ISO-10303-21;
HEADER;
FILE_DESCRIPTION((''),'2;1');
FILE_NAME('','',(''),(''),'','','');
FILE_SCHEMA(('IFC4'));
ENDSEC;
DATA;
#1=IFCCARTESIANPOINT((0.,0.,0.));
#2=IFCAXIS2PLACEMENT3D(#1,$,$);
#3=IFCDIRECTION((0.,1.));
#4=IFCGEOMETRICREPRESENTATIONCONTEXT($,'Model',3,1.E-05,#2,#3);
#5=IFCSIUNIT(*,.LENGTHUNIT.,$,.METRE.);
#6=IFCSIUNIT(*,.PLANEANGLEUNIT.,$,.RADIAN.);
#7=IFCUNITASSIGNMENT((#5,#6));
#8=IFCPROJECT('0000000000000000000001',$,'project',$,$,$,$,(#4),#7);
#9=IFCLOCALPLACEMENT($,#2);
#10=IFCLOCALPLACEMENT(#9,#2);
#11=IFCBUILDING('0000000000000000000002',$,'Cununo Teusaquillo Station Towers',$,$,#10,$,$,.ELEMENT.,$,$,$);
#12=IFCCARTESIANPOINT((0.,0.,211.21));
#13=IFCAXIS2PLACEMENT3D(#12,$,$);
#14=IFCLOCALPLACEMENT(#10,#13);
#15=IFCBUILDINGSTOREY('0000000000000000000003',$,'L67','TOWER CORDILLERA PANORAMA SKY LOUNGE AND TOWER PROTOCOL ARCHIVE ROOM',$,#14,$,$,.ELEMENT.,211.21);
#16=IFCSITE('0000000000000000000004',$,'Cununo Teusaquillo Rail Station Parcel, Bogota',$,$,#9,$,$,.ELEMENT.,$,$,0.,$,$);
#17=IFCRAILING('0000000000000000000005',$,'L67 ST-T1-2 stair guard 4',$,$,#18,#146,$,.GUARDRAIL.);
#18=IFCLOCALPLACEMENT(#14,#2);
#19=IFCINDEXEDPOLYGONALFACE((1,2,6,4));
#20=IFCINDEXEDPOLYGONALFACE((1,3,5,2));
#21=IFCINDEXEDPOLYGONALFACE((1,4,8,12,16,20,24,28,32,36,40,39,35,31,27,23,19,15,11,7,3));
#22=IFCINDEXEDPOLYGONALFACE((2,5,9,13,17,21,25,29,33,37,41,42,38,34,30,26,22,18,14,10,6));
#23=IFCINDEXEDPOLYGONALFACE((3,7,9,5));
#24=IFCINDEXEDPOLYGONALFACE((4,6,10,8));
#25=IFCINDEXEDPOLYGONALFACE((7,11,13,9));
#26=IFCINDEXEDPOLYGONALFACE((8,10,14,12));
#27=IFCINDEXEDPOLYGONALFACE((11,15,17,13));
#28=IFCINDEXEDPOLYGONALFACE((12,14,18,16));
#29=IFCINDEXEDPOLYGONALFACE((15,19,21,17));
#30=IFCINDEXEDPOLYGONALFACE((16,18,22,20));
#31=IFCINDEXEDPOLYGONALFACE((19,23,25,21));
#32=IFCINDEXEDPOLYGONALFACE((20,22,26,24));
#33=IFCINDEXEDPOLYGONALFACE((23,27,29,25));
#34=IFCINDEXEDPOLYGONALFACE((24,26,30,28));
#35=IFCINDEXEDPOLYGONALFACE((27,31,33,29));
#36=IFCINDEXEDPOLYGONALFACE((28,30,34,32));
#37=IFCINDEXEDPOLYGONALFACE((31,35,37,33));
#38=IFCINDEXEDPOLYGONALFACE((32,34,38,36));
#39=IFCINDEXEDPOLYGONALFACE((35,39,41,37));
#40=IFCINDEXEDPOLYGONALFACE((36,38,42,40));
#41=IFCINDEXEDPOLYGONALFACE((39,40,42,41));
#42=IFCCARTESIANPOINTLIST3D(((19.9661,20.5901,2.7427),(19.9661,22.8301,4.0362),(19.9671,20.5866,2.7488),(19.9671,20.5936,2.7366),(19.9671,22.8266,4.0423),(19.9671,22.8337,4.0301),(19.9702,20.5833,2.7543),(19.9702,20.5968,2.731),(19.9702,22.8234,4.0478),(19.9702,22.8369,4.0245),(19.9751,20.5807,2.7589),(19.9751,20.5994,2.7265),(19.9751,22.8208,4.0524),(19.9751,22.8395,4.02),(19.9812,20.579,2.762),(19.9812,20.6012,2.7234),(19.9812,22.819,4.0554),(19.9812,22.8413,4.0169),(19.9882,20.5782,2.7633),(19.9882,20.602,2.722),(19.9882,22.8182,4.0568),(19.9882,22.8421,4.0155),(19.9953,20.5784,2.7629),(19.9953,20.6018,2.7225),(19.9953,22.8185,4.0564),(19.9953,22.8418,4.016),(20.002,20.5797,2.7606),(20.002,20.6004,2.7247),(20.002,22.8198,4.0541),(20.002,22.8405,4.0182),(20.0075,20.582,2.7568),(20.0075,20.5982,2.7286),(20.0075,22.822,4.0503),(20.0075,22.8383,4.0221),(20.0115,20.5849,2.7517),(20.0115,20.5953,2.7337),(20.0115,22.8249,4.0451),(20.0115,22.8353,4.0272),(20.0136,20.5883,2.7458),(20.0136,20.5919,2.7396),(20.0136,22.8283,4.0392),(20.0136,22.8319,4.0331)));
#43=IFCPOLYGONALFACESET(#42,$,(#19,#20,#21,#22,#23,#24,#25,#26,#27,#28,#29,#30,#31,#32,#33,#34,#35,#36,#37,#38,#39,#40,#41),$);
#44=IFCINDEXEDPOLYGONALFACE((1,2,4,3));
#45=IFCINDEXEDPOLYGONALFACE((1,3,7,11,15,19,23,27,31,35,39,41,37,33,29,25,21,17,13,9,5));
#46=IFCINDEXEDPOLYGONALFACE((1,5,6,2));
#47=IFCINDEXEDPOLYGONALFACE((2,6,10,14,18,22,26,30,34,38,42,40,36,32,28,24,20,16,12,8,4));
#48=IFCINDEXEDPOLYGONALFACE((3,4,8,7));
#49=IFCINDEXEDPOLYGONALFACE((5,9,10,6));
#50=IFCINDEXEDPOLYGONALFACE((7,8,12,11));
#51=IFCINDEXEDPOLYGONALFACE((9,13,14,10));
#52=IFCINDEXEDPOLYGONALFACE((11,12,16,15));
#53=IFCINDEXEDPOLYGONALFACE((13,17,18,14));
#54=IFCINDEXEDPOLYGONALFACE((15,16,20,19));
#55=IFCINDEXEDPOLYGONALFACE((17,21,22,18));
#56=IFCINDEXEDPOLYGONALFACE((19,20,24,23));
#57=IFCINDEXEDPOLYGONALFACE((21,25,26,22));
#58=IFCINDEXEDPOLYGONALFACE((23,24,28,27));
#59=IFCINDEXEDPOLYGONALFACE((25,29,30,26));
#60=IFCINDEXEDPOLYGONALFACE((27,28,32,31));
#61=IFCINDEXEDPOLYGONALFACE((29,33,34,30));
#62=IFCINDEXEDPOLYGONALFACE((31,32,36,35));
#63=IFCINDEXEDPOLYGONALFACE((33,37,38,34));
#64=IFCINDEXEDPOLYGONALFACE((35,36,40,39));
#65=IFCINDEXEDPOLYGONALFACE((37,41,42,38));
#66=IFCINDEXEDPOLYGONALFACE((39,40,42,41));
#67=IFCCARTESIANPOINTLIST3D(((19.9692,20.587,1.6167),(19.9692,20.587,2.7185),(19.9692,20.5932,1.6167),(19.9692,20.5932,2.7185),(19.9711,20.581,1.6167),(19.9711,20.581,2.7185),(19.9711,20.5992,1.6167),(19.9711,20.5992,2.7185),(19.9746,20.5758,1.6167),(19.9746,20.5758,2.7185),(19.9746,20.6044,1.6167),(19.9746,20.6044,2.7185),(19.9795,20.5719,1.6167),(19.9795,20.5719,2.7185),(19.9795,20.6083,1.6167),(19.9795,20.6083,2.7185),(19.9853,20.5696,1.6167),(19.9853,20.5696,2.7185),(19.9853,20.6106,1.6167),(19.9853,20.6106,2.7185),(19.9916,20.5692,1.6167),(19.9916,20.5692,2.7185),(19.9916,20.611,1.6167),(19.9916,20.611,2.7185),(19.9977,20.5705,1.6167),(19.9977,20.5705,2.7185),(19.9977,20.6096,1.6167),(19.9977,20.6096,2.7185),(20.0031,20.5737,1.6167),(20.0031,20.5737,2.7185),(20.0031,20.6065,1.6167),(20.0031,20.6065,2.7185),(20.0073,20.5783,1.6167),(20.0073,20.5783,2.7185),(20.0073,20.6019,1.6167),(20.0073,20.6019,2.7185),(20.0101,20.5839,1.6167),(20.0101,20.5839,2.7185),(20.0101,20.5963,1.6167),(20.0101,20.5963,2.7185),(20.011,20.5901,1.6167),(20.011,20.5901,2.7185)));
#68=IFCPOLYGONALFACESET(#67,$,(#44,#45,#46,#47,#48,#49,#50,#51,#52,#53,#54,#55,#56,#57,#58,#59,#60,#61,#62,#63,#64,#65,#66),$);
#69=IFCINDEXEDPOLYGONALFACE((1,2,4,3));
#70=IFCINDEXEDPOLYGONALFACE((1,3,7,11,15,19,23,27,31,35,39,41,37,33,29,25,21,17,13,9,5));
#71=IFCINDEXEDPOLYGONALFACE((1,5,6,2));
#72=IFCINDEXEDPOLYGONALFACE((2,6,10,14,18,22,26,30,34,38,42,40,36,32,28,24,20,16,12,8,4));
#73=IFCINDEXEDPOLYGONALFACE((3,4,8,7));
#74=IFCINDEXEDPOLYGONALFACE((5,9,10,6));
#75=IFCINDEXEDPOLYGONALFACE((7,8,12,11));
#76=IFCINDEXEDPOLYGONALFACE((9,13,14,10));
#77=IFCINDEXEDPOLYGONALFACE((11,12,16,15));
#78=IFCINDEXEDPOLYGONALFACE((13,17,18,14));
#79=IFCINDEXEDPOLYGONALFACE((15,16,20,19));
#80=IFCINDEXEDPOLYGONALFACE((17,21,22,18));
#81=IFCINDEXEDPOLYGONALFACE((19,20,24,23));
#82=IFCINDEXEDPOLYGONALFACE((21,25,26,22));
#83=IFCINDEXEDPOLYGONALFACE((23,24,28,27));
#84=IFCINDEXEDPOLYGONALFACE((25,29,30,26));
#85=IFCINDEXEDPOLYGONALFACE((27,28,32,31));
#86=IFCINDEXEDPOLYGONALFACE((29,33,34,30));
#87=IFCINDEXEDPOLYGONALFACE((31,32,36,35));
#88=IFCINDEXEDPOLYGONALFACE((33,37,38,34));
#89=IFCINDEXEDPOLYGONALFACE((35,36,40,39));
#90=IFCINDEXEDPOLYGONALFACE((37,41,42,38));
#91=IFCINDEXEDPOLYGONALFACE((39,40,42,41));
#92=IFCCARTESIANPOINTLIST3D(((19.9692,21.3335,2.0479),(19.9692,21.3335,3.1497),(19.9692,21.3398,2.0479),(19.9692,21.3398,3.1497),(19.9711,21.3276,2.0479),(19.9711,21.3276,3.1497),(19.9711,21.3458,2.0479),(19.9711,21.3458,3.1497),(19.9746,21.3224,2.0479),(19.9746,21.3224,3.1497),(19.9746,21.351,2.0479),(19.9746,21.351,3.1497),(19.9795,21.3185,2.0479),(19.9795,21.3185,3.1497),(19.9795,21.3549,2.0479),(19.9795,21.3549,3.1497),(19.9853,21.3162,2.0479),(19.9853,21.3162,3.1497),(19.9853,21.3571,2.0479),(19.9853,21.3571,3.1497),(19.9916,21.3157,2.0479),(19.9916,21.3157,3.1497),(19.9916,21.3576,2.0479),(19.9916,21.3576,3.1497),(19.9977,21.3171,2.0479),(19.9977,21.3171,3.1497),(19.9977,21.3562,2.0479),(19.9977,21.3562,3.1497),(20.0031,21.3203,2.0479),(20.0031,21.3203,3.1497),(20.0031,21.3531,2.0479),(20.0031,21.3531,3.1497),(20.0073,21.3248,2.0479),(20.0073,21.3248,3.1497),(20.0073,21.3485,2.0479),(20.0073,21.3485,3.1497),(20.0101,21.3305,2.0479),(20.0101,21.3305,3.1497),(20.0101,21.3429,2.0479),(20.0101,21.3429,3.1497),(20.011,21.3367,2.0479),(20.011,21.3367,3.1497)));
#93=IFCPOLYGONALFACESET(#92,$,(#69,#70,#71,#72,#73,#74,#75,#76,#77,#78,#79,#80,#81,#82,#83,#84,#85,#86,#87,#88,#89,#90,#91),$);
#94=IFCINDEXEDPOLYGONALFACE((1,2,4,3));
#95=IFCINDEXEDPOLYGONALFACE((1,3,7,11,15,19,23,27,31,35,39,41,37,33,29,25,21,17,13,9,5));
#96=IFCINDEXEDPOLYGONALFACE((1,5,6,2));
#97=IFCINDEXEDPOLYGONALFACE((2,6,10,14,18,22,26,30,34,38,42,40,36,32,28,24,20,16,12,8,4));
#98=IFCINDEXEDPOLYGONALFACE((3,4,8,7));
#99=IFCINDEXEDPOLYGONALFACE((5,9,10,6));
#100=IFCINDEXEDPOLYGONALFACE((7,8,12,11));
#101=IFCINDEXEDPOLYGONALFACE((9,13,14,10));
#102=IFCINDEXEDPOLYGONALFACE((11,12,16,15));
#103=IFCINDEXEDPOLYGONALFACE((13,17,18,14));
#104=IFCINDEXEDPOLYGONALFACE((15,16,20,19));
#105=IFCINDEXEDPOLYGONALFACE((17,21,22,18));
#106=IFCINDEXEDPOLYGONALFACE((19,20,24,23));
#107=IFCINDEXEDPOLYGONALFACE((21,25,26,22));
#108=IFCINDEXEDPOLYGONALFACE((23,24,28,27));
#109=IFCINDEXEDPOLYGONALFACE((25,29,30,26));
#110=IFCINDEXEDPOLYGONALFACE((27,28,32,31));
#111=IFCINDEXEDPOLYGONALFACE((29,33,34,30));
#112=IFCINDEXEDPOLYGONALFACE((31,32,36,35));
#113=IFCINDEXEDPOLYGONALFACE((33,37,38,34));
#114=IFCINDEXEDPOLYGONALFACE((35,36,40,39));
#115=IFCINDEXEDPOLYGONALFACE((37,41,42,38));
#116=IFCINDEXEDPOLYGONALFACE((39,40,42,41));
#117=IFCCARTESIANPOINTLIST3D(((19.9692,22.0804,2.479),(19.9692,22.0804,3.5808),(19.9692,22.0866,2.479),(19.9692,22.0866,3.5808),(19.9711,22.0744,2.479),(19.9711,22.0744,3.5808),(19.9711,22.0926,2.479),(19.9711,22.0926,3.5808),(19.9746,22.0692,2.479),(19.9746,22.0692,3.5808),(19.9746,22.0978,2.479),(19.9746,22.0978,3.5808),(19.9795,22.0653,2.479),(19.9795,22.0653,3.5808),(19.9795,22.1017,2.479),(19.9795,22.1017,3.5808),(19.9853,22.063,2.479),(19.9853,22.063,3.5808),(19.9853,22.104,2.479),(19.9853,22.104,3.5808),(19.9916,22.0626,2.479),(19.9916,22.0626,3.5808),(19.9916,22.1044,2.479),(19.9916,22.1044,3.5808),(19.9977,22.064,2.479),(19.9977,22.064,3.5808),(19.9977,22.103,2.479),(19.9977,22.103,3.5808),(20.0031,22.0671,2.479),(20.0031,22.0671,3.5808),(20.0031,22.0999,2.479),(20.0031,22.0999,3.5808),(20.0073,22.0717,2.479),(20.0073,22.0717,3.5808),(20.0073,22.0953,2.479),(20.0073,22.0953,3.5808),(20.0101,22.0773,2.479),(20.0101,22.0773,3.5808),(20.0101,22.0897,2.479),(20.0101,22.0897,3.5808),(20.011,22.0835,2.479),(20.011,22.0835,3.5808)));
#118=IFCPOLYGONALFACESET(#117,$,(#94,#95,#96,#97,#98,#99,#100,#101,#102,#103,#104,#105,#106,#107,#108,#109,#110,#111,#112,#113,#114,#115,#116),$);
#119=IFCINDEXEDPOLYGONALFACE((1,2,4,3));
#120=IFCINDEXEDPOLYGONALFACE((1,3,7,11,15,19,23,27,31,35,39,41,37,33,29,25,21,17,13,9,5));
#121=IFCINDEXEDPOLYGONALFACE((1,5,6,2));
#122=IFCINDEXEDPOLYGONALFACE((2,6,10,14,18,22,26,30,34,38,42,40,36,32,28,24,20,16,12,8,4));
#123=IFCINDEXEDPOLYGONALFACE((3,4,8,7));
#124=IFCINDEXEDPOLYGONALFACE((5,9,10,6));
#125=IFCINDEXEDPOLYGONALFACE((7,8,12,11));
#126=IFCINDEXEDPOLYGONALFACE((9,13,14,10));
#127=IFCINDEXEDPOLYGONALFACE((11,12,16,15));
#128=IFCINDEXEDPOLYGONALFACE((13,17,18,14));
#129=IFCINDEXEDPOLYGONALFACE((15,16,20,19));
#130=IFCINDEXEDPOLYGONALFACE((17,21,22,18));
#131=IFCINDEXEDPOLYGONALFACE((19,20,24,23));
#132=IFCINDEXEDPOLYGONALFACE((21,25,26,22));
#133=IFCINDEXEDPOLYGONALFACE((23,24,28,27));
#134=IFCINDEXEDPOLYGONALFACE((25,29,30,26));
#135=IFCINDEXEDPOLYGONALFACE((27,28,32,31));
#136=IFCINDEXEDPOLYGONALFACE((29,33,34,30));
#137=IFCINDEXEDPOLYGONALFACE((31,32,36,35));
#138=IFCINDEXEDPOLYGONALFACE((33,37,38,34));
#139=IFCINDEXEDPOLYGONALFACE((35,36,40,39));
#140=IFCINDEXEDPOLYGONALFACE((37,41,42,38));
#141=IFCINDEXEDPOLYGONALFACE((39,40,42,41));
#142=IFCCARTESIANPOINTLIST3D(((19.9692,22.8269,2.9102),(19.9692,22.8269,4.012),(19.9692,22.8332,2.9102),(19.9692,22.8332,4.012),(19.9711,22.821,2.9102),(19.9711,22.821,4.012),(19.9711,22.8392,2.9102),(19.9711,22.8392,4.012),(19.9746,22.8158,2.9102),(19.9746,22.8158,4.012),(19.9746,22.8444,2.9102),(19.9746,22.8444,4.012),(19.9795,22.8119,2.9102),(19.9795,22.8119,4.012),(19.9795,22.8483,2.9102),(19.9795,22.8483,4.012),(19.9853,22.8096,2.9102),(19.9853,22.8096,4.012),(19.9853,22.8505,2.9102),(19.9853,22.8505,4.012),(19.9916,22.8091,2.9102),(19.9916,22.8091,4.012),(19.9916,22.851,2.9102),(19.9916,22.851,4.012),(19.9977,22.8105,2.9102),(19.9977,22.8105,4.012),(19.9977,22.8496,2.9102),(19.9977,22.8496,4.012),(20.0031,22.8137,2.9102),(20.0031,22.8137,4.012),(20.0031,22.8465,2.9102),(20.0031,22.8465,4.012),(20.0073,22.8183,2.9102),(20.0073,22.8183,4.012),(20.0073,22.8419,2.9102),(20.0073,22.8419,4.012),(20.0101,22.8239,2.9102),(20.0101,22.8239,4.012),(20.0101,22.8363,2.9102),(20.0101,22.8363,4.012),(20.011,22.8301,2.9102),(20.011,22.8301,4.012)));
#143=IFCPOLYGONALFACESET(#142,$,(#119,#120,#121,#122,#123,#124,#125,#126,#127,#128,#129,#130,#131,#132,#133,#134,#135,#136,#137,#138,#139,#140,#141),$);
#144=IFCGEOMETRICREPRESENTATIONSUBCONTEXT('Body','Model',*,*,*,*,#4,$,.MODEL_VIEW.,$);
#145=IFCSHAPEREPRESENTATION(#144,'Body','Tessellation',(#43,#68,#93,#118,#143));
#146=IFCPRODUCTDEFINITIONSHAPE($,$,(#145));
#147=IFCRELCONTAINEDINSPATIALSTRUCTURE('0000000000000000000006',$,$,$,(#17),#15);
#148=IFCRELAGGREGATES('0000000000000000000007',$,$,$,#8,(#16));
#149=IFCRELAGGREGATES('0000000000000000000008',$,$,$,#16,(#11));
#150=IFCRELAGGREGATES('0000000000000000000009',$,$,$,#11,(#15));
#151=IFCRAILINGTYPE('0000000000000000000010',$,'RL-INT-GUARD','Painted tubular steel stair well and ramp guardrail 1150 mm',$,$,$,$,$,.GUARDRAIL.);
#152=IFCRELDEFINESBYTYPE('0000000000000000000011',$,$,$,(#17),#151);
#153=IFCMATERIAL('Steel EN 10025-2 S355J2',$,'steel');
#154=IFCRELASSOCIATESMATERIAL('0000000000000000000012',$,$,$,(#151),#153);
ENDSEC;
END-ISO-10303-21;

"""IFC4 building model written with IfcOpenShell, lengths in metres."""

from ifc_helpers import new_model, si_unit, direction, frame, origin, origin_2d, place, context, subcontext, project, spatial, circle, extrude, material, type_object, element, save


model = new_model("IFC4")

# Units and contexts
model_context = context("Model", 3, precision=1e-05, world=origin(), true_north=direction((0.0, 1.0)))
body_context = subcontext(model_context, "Body", "Model", "MODEL_VIEW")
ifc_project = project(units=[si_unit("LENGTHUNIT", "METRE"), si_unit("PLANEANGLEUNIT", "RADIAN")], contexts=[model_context])

# Site, building, storey
site_placement = place(None, origin())
site = spatial("IfcSite", under=ifc_project, at=site_placement, Name="Cununo Teusaquillo Rail Station Parcel, Bogota", CompositionType="ELEMENT", RefElevation=0.0)
building_placement = place(site_placement, origin())
building = spatial("IfcBuilding", under=site, at=building_placement, Name="Cununo Teusaquillo Station Towers", CompositionType="ELEMENT")
storey_placement = place(building_placement, frame((0.0, 0.0, 211.21)))
storey = spatial("IfcBuildingStorey", under=building, at=storey_placement, Name="L67", Description="TOWER CORDILLERA PANORAMA SKY LOUNGE AND TOWER PROTOCOL ARCHIVE ROOM", CompositionType="ELEMENT", Elevation=211.21)

# Railing
ifc_material_1 = material(Name="Steel EN 10025-2 S355J2", Category="steel")
railing_type_1 = type_object("IfcRailingType", Name="RL-INT-GUARD", Description="Painted tubular steel stair well and ramp guardrail 1150 mm", PredefinedType="GUARDRAIL", material=ifc_material_1)
railing_1_placement = place(storey_placement, frame((19.99, 20.5901, 1.6167)))
element("IfcRailing", 1, at=railing_1_placement, inside=storey, type_object=railing_type_1, Name="L67 ST-T1-2 stair guard 4", PredefinedType="GUARDRAIL", context=body_context, shape_type="SweptSolid", body=[
    extrude(circle(Radius=0.0239, at=origin_2d()), frame((0.0, 0.0, 1.126), z_axis=(0.0, 0.865992, 0.500057), x_axis=(-1.0, 0.0, 0.0)), (0.0, 0.0, 1.0), 2.5867),
    extrude(circle(Radius=0.021, at=origin_2d()), origin(), (0.0, 0.0, 1.0), 1.1018),
    extrude(circle(Radius=0.021, at=origin_2d()), frame((0.0, 0.7466, 0.4312)), (0.0, 0.0, 1.0), 1.1018),
    extrude(circle(Radius=0.021, at=origin_2d()), frame((0.0, 1.4934, 0.8623)), (0.0, 0.0, 1.0), 1.1018),
    extrude(circle(Radius=0.021, at=origin_2d()), frame((0.0, 2.24, 1.2935)), (0.0, 0.0, 1.0), 1.1018),
])

save(model, "model.ifc")
